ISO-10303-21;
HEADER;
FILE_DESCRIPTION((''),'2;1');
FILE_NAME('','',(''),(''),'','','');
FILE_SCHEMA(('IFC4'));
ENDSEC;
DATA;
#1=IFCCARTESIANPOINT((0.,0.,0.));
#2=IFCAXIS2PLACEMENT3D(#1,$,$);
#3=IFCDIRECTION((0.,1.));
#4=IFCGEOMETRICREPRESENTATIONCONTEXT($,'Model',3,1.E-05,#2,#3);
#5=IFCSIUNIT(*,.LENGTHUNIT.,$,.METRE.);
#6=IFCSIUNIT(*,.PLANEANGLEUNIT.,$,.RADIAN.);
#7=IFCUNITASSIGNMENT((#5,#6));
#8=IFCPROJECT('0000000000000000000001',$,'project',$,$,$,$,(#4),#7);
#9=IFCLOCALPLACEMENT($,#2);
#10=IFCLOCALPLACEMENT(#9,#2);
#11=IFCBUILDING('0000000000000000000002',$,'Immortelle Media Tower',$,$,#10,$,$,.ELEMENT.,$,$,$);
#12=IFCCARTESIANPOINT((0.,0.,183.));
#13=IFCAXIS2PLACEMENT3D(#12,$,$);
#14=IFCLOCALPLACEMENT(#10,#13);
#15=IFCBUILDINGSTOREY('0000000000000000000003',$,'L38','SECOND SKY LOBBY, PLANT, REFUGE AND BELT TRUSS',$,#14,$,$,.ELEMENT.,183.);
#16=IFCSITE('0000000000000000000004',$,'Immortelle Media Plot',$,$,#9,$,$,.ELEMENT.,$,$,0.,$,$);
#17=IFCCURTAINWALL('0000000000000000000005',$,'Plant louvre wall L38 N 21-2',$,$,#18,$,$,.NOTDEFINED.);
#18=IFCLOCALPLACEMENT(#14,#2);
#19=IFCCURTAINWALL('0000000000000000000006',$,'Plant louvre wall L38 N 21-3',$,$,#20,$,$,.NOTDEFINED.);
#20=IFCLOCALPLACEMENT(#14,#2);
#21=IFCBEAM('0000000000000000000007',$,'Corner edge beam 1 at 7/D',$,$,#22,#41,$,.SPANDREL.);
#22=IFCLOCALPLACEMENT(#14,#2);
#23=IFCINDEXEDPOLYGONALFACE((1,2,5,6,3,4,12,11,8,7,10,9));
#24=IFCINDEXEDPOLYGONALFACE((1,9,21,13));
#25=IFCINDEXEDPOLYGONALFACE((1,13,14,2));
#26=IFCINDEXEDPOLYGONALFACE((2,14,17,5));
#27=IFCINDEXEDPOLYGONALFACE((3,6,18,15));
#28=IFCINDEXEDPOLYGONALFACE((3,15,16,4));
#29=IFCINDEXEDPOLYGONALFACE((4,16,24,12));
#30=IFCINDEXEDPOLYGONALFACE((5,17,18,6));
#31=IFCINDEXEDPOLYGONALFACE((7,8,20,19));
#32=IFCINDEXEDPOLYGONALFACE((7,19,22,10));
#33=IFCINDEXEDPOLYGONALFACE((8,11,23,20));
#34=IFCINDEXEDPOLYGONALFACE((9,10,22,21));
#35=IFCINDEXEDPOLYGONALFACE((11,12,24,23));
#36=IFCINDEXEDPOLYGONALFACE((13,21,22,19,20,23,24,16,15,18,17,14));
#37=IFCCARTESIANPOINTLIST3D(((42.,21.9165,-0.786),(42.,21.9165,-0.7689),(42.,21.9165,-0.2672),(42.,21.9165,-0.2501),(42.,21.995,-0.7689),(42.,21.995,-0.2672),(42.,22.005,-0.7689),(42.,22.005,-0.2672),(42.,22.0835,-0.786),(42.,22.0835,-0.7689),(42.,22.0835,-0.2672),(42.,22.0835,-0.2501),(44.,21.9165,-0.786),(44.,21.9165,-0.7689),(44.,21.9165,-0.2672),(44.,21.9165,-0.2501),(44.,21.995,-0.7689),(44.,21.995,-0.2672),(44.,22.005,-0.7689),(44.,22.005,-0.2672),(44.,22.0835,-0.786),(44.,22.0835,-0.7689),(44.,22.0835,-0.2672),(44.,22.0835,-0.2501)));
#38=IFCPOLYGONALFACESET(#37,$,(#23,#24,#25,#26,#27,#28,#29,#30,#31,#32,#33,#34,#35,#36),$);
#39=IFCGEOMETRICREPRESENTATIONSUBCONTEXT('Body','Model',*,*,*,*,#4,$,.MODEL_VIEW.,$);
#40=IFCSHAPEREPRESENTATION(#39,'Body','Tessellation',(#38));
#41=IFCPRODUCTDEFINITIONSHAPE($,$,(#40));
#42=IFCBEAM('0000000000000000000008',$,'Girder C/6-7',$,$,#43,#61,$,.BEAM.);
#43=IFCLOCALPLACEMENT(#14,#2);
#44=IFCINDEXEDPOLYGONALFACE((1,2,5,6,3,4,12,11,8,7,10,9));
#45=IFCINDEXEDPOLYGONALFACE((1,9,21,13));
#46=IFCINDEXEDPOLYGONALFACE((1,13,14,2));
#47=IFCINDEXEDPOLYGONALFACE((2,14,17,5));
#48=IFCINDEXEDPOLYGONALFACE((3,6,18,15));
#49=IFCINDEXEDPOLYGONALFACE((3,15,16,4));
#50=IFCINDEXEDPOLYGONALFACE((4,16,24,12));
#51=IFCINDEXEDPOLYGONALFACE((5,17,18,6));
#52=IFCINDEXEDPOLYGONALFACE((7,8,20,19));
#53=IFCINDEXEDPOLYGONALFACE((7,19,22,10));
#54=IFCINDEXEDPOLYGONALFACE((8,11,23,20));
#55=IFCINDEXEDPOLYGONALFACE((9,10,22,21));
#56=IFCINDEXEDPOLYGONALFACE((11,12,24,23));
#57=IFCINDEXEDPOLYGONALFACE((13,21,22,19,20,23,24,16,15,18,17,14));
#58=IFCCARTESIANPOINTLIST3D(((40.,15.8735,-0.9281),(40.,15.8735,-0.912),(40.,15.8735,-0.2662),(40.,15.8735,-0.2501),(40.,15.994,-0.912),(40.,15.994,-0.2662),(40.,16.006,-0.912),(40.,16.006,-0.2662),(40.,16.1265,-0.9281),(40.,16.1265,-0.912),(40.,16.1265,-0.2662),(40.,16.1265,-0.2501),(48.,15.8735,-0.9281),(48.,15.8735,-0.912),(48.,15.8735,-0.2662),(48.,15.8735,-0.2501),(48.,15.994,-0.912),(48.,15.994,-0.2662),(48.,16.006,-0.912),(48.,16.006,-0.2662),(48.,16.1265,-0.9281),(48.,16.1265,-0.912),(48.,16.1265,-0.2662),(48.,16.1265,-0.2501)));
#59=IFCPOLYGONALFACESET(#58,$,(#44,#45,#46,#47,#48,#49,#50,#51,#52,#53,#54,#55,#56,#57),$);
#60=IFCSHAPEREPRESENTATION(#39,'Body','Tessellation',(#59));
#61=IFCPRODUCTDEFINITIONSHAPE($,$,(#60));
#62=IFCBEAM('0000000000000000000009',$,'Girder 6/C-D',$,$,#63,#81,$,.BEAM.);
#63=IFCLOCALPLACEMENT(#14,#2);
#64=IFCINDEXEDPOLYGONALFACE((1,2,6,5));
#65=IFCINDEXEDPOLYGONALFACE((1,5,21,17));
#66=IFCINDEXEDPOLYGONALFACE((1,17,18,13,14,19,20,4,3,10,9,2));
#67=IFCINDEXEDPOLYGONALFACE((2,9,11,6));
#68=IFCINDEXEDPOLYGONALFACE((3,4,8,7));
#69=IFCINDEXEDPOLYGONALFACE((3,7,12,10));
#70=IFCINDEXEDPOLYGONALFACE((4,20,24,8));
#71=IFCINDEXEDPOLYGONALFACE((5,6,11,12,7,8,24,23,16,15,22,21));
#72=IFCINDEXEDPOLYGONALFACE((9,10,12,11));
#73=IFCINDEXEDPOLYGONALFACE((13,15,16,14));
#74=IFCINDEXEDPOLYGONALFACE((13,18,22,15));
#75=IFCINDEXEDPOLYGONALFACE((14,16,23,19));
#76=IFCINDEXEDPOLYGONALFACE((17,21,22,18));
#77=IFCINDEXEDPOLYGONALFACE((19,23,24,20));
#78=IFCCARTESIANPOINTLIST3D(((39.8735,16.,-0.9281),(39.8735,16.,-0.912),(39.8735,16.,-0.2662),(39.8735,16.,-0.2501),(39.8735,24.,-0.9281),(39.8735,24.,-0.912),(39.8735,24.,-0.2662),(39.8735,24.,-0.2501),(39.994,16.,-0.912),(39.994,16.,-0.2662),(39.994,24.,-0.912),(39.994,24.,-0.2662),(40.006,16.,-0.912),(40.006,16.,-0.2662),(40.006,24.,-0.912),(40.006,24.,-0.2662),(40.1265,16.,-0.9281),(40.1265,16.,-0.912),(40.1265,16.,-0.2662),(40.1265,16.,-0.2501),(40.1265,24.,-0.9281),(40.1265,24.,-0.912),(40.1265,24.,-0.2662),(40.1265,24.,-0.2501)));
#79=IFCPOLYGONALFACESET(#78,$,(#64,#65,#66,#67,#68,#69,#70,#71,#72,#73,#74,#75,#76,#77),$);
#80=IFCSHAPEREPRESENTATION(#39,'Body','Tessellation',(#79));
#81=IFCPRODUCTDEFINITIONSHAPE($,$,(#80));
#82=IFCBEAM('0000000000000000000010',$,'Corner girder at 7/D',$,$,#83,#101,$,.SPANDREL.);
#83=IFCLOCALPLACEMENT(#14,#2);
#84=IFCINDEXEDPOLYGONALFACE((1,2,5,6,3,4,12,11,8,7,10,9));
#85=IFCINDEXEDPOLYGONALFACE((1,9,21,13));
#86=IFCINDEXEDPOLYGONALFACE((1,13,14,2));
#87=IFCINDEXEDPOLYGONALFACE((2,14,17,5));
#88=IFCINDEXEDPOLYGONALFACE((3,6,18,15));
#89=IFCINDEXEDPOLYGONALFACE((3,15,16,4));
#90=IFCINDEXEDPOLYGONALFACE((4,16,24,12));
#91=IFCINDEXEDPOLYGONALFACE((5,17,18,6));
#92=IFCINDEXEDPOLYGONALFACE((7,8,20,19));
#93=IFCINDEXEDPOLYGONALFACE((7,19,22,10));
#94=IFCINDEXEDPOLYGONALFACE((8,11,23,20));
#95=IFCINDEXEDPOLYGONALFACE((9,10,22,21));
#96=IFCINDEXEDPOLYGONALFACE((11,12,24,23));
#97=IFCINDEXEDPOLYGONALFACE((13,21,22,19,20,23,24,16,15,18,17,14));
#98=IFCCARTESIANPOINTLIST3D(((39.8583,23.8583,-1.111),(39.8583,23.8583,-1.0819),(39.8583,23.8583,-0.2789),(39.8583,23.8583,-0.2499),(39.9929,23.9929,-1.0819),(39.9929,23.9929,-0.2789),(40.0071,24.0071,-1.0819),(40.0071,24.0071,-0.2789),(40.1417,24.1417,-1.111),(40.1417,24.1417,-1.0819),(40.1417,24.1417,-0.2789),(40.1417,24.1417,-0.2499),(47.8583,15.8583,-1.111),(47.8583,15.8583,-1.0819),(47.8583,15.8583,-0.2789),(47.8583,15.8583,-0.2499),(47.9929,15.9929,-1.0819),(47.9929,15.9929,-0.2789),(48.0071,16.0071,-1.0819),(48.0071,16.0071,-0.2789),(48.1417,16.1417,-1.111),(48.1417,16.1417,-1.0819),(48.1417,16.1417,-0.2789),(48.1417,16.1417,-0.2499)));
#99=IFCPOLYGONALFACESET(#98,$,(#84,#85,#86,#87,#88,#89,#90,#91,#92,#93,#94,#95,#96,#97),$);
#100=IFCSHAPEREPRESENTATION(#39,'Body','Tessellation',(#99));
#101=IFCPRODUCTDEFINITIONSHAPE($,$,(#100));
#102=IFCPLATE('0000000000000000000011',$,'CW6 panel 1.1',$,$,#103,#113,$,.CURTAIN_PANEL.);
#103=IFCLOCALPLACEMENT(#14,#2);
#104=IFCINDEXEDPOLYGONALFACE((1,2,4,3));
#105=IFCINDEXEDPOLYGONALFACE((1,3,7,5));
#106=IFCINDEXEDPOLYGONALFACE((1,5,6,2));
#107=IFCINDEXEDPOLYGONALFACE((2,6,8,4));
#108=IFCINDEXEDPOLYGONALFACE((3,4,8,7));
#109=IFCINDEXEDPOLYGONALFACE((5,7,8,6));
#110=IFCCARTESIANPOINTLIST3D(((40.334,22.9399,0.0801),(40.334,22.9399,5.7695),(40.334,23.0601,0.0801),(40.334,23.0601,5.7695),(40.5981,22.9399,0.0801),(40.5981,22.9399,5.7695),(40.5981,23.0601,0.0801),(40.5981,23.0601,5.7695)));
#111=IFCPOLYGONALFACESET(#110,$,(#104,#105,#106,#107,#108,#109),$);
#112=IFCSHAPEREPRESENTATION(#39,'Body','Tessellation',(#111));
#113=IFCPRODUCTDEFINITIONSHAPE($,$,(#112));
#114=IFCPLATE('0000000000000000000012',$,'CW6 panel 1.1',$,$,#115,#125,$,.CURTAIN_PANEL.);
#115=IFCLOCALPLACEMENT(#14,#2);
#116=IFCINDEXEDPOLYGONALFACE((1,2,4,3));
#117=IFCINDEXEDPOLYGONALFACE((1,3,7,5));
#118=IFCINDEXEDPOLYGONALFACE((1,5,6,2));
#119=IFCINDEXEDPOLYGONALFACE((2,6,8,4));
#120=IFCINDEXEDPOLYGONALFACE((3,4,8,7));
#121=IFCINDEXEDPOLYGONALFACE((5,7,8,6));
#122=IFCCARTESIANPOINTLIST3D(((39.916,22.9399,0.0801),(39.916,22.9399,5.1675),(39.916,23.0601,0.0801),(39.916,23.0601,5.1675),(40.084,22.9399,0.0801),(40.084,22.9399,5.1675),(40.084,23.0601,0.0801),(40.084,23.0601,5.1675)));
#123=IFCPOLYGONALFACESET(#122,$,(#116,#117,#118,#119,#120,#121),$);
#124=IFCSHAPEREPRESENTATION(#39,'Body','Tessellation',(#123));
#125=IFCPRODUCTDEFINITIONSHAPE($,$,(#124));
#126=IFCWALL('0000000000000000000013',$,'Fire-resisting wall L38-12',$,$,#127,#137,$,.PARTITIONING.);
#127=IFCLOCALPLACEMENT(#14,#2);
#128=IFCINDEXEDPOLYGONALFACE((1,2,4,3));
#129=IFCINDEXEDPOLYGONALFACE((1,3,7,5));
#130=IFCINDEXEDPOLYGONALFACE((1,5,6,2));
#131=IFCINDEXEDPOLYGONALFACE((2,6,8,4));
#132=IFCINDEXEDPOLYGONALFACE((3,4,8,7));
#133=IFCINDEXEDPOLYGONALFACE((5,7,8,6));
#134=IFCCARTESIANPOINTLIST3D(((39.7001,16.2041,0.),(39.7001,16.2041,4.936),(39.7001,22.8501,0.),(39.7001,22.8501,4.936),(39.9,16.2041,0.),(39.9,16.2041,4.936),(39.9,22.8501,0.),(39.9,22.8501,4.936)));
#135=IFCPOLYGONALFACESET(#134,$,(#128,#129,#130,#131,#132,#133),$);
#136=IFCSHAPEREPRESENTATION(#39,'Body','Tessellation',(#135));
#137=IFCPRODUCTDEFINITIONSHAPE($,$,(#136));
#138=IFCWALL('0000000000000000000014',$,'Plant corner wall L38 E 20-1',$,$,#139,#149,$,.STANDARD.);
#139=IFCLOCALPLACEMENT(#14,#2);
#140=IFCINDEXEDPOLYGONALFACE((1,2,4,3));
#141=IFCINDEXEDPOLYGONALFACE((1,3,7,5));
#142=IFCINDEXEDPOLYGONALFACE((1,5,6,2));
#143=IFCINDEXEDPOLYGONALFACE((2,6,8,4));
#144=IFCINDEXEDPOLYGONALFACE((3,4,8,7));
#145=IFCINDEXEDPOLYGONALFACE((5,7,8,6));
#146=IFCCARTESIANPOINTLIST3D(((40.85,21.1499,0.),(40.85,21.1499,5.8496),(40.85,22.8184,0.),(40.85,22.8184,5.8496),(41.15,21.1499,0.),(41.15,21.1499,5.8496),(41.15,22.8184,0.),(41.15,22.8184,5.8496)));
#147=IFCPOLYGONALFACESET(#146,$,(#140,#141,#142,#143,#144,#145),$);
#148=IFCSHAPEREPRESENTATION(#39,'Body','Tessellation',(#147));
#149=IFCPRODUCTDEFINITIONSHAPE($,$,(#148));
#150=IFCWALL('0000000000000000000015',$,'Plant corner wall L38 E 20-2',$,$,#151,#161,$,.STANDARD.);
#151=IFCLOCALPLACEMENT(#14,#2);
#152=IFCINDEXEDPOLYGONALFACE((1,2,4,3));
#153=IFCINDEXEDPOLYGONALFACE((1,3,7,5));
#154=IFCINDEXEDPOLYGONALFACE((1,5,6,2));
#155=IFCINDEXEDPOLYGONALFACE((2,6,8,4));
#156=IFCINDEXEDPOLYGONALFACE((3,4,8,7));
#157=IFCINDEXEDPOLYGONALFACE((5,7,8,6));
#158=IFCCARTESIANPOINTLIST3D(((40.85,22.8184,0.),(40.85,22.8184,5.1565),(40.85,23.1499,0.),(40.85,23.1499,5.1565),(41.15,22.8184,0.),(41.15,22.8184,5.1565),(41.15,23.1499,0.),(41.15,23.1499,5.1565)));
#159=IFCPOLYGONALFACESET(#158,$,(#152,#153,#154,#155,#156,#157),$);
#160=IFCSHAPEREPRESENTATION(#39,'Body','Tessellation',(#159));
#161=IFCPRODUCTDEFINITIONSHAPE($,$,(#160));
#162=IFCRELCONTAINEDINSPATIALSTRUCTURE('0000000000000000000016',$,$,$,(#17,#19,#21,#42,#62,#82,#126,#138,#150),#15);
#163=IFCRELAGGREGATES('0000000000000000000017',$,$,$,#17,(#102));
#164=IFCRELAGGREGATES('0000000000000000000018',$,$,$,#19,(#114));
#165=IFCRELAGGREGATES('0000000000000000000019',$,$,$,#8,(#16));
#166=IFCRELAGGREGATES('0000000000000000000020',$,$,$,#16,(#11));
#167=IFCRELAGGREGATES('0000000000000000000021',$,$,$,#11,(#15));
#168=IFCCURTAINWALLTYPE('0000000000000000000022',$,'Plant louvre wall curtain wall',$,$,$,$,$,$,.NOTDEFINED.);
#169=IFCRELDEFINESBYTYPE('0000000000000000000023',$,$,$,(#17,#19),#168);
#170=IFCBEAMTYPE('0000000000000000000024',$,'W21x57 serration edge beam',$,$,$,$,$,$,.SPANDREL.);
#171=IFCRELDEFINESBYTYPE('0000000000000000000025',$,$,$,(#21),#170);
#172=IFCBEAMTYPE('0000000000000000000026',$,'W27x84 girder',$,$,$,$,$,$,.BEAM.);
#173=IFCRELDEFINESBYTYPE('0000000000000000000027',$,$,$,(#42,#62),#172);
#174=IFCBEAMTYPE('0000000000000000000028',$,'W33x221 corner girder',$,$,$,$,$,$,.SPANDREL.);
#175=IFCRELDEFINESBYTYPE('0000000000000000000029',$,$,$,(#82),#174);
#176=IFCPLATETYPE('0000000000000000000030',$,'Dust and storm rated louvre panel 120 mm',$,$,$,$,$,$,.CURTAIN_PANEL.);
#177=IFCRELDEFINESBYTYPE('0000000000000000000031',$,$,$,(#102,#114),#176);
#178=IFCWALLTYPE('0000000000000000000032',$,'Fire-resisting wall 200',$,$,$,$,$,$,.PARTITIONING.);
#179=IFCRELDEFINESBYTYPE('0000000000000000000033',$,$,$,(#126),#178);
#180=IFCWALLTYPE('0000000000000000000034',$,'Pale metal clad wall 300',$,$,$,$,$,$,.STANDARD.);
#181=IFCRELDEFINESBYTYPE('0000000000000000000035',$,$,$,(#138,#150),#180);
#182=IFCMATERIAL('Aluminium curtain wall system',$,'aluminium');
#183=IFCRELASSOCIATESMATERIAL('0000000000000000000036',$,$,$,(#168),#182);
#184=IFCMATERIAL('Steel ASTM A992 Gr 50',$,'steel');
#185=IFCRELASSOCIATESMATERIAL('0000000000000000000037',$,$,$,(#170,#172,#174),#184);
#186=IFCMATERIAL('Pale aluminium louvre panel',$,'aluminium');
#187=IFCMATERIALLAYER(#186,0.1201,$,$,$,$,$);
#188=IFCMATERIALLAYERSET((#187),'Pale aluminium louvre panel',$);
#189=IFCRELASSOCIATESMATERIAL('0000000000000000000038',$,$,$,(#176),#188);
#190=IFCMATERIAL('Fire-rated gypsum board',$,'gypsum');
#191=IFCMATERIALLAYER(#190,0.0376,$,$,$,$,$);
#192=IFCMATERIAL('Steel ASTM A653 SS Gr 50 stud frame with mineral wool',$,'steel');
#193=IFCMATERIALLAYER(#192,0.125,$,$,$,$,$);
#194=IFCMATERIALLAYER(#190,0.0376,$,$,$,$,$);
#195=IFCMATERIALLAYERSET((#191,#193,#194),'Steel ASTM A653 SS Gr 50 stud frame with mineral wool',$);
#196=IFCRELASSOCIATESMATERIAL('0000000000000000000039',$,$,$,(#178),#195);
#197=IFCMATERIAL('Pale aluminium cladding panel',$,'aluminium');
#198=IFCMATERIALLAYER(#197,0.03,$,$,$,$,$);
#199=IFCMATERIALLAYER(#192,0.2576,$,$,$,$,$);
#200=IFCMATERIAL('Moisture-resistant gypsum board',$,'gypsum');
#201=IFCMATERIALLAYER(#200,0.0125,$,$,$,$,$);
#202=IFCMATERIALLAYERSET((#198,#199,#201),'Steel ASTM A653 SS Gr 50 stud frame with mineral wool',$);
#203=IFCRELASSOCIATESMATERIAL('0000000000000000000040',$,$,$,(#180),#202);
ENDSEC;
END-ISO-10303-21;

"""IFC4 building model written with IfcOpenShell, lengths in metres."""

from ifc_helpers import new_model, si_unit, direction, frame, frame_2d, origin, origin_2d, place, context, subcontext, project, spatial, rectangle, i_section, extrude, material, layer, layer_set, material_profile, profile_set, type_object, element, aggregate, save


model = new_model("IFC4")

# Units and contexts
model_context = context("Model", 3, precision=1e-05, world=origin(), true_north=direction((0.0, 1.0)))
body_context = subcontext(model_context, "Body", "Model", "MODEL_VIEW")
ifc_project = project(units=[si_unit("LENGTHUNIT", "METRE"), si_unit("PLANEANGLEUNIT", "RADIAN")], contexts=[model_context])

# Site, building, storey
site_placement = place(None, origin())
site = spatial("IfcSite", under=ifc_project, at=site_placement, Name="Immortelle Media Plot", CompositionType="ELEMENT", RefElevation=0.0)
building_placement = place(site_placement, origin())
building = spatial("IfcBuilding", under=site, at=building_placement, Name="Immortelle Media Tower", CompositionType="ELEMENT")
storey_placement = place(building_placement, frame((0.0, 0.0, 183.0)))
storey = spatial("IfcBuildingStorey", under=building, at=storey_placement, Name="L38", Description="SECOND SKY LOBBY, PLANT, REFUGE AND BELT TRUSS", CompositionType="ELEMENT", Elevation=183.0)

# Shared definitions
ifc_material_1 = material(Name="Steel ASTM A992 Gr 50", Category="steel")

# Curtain walls
ifc_material_2 = material(Name="Aluminium curtain wall system", Category="aluminium")
curtain_wall_type = type_object("IfcCurtainWallType", Name="Plant louvre wall curtain wall", PredefinedType="NOTDEFINED", material=ifc_material_2)
curtain_wall_1_placement = place(storey_placement, origin())
curtain_wall_1 = element("IfcCurtainWall", 1, at=curtain_wall_1_placement, inside=storey, type_object=curtain_wall_type, Name="Plant louvre wall L38 N 21-2", PredefinedType="NOTDEFINED")
curtain_wall_2_placement = place(storey_placement, origin())
curtain_wall_2 = element("IfcCurtainWall", 2, at=curtain_wall_2_placement, inside=storey, type_object=curtain_wall_type, Name="Plant louvre wall L38 N 21-3", PredefinedType="NOTDEFINED")

# Beams
ifc_material_profile_1 = material_profile(ifc_material_1, i_section(OverallWidth=0.167, OverallDepth=0.5359, WebThickness=0.01, FlangeThickness=0.0171, at=origin_2d()), Name="W21x57")
ifc_profile_set_1 = profile_set([ifc_material_profile_1], Name="Steel ASTM A992 Gr 50")
beam_type_1 = type_object("IfcBeamType", Name="W21x57 serration edge beam", PredefinedType="SPANDREL", material=ifc_profile_set_1)
beam_1_placement = place(storey_placement, frame((42.0, 22.0, -0.5181), z_axis=(1.0, 0.0, 0.0), x_axis=(0.0, 1.0, 0.0)))
element("IfcBeam", 3, at=beam_1_placement, inside=storey, type_object=beam_type_1, Name="Corner edge beam 1 at 7/D", PredefinedType="SPANDREL", context=body_context, shape_type="SweptSolid", body=[
    extrude(i_section(OverallWidth=0.167, OverallDepth=0.5359, WebThickness=0.01, FlangeThickness=0.0171, at=origin_2d()), origin(), (0.0, 0.0, 1.0), 2.0),
])
ifc_material_profile_2 = material_profile(ifc_material_1, i_section(OverallWidth=0.2529, OverallDepth=0.678, WebThickness=0.012, FlangeThickness=0.0161, at=origin_2d()), Name="W27x84")
ifc_profile_set_2 = profile_set([ifc_material_profile_2], Name="Steel ASTM A992 Gr 50")
beam_type_2 = type_object("IfcBeamType", Name="W27x84 girder", PredefinedType="BEAM", material=ifc_profile_set_2)
for number, where, z_axis, x_axis, name in (
    (4, (40.0, 16.0, -0.5891), (1.0, 0.0, 0.0), (0.0, 1.0, 0.0), "Girder C/6-7"),
    (5, (40.0, 16.0, -0.5891), (0.0, 1.0, 0.0), (-1.0, 0.0, 0.0), "Girder 6/C-D"),
):
    element("IfcBeam", number, at=place(storey_placement, frame(where, z_axis=z_axis, x_axis=x_axis)), inside=storey, type_object=beam_type_2, Name=name, PredefinedType="BEAM", context=body_context, shape_type="SweptSolid", body=[
        extrude(i_section(OverallWidth=0.2529, OverallDepth=0.678, WebThickness=0.012, FlangeThickness=0.0161, at=origin_2d()), origin(), (0.0, 0.0, 1.0), 8.0),
    ])
ifc_material_profile_3 = material_profile(ifc_material_1, i_section(OverallWidth=0.4009, OverallDepth=0.8611, WebThickness=0.02, FlangeThickness=0.0291, at=origin_2d()), Name="W33x221")
ifc_profile_set_3 = profile_set([ifc_material_profile_3], Name="Steel ASTM A992 Gr 50")
beam_type_3 = type_object("IfcBeamType", Name="W33x221 corner girder", PredefinedType="SPANDREL", material=ifc_profile_set_3)
beam_2_placement = place(storey_placement, frame((40.0, 24.0, -0.6804), z_axis=(0.707107, -0.707107, 0.0), x_axis=(0.707107, 0.707107, 0.0)))
element("IfcBeam", 6, at=beam_2_placement, inside=storey, type_object=beam_type_3, Name="Corner girder at 7/D", PredefinedType="SPANDREL", context=body_context, shape_type="SweptSolid", body=[
    extrude(i_section(OverallWidth=0.4009, OverallDepth=0.8611, WebThickness=0.02, FlangeThickness=0.0291, at=origin_2d()), origin(), (0.0, 0.0, 1.0), 11.3137),
])

# Plates
ifc_material_3 = material(Name="Pale aluminium louvre panel", Category="aluminium")
ifc_layer_1 = layer(ifc_material_3, 0.1201)
ifc_layer_set_1 = layer_set([ifc_layer_1], Name="Pale aluminium louvre panel")
plate_type = type_object("IfcPlateType", Name="Dust and storm rated louvre panel 120 mm", PredefinedType="CURTAIN_PANEL", material=ifc_layer_set_1)
plate_1_placement = place(storey_placement, frame((40.4661, 23.0, 0.0801), z_axis=(0.0, 0.0, 1.0), x_axis=(-1.0, 0.0, 0.0)))
plate_1 = element("IfcPlate", 7, at=plate_1_placement, type_object=plate_type, Name="CW6 panel 1.1", PredefinedType="CURTAIN_PANEL", context=body_context, shape_type="SweptSolid", body=[
    extrude(rectangle(XDim=0.2642, YDim=0.1201, at=origin_2d()), origin(), (0.0, 0.0, 1.0), 5.6895),
])
aggregate(curtain_wall_1, [plate_1])
plate_2_placement = place(storey_placement, frame((40.0, 23.0, 0.0801), z_axis=(0.0, 0.0, 1.0), x_axis=(-1.0, 0.0, 0.0)))
plate_2 = element("IfcPlate", 8, at=plate_2_placement, type_object=plate_type, Name="CW6 panel 1.1", PredefinedType="CURTAIN_PANEL", context=body_context, shape_type="SweptSolid", body=[
    extrude(rectangle(XDim=0.168, YDim=0.1201, at=origin_2d()), origin(), (0.0, 0.0, 1.0), 5.0874),
])
aggregate(curtain_wall_2, [plate_2])

# Walls
ifc_material_4 = material(Name="Fire-rated gypsum board", Category="gypsum")
ifc_layer_2 = layer(ifc_material_4, 0.0376)
ifc_material_5 = material(Name="Steel ASTM A653 SS Gr 50 stud frame with mineral wool", Category="steel")
ifc_layer_3 = layer(ifc_material_5, 0.125)
ifc_layer_4 = layer(ifc_material_4, 0.0376)
ifc_layer_set_2 = layer_set([ifc_layer_2, ifc_layer_3, ifc_layer_4], Name="Steel ASTM A653 SS Gr 50 stud frame with mineral wool")
wall_type_1 = type_object("IfcWallType", Name="Fire-resisting wall 200", PredefinedType="PARTITIONING", material=ifc_layer_set_2)
wall_1_placement = place(storey_placement, frame((39.8, 16.2041, 0.0), z_axis=(0.0, 0.0, 1.0), x_axis=(0.0, 1.0, 0.0)))
element("IfcWall", 9, at=wall_1_placement, inside=storey, type_object=wall_type_1, Name="Fire-resisting wall L38-12", PredefinedType="PARTITIONING", context=body_context, shape_type="SweptSolid", body=[
    extrude(rectangle(XDim=6.646, YDim=0.2, at=frame_2d((3.323, 0.0))), origin(), (0.0, 0.0, 1.0), 4.936),
])
ifc_material_6 = material(Name="Pale aluminium cladding panel", Category="aluminium")
ifc_layer_5 = layer(ifc_material_6, 0.03)
ifc_layer_6 = layer(ifc_material_5, 0.2576)
ifc_material_7 = material(Name="Moisture-resistant gypsum board", Category="gypsum")
ifc_layer_7 = layer(ifc_material_7, 0.0125)
ifc_layer_set_3 = layer_set([ifc_layer_5, ifc_layer_6, ifc_layer_7], Name="Steel ASTM A653 SS Gr 50 stud frame with mineral wool")
wall_type_2 = type_object("IfcWallType", Name="Pale metal clad wall 300", PredefinedType="STANDARD", material=ifc_layer_set_3)
wall_2_placement = place(storey_placement, frame((41.0, 21.1499, 0.0), z_axis=(0.0, 0.0, 1.0), x_axis=(0.0, 1.0, 0.0)))
element("IfcWall", 10, at=wall_2_placement, inside=storey, type_object=wall_type_2, Name="Plant corner wall L38 E 20-1", PredefinedType="STANDARD", context=body_context, shape_type="SweptSolid", body=[
    extrude(rectangle(XDim=1.6685, YDim=0.3, at=frame_2d((0.8342, 0.0))), origin(), (0.0, 0.0, 1.0), 5.8496),
])
wall_3_placement = place(storey_placement, frame((41.0, 22.8184, 0.0), z_axis=(0.0, 0.0, 1.0), x_axis=(0.0, 1.0, 0.0)))
element("IfcWall", 11, at=wall_3_placement, inside=storey, type_object=wall_type_2, Name="Plant corner wall L38 E 20-2", PredefinedType="STANDARD", context=body_context, shape_type="SweptSolid", body=[
    extrude(rectangle(XDim=0.3315, YDim=0.3, at=frame_2d((0.1658, 0.0))), origin(), (0.0, 0.0, 1.0), 5.1565),
])

save(model, "model.ifc")
